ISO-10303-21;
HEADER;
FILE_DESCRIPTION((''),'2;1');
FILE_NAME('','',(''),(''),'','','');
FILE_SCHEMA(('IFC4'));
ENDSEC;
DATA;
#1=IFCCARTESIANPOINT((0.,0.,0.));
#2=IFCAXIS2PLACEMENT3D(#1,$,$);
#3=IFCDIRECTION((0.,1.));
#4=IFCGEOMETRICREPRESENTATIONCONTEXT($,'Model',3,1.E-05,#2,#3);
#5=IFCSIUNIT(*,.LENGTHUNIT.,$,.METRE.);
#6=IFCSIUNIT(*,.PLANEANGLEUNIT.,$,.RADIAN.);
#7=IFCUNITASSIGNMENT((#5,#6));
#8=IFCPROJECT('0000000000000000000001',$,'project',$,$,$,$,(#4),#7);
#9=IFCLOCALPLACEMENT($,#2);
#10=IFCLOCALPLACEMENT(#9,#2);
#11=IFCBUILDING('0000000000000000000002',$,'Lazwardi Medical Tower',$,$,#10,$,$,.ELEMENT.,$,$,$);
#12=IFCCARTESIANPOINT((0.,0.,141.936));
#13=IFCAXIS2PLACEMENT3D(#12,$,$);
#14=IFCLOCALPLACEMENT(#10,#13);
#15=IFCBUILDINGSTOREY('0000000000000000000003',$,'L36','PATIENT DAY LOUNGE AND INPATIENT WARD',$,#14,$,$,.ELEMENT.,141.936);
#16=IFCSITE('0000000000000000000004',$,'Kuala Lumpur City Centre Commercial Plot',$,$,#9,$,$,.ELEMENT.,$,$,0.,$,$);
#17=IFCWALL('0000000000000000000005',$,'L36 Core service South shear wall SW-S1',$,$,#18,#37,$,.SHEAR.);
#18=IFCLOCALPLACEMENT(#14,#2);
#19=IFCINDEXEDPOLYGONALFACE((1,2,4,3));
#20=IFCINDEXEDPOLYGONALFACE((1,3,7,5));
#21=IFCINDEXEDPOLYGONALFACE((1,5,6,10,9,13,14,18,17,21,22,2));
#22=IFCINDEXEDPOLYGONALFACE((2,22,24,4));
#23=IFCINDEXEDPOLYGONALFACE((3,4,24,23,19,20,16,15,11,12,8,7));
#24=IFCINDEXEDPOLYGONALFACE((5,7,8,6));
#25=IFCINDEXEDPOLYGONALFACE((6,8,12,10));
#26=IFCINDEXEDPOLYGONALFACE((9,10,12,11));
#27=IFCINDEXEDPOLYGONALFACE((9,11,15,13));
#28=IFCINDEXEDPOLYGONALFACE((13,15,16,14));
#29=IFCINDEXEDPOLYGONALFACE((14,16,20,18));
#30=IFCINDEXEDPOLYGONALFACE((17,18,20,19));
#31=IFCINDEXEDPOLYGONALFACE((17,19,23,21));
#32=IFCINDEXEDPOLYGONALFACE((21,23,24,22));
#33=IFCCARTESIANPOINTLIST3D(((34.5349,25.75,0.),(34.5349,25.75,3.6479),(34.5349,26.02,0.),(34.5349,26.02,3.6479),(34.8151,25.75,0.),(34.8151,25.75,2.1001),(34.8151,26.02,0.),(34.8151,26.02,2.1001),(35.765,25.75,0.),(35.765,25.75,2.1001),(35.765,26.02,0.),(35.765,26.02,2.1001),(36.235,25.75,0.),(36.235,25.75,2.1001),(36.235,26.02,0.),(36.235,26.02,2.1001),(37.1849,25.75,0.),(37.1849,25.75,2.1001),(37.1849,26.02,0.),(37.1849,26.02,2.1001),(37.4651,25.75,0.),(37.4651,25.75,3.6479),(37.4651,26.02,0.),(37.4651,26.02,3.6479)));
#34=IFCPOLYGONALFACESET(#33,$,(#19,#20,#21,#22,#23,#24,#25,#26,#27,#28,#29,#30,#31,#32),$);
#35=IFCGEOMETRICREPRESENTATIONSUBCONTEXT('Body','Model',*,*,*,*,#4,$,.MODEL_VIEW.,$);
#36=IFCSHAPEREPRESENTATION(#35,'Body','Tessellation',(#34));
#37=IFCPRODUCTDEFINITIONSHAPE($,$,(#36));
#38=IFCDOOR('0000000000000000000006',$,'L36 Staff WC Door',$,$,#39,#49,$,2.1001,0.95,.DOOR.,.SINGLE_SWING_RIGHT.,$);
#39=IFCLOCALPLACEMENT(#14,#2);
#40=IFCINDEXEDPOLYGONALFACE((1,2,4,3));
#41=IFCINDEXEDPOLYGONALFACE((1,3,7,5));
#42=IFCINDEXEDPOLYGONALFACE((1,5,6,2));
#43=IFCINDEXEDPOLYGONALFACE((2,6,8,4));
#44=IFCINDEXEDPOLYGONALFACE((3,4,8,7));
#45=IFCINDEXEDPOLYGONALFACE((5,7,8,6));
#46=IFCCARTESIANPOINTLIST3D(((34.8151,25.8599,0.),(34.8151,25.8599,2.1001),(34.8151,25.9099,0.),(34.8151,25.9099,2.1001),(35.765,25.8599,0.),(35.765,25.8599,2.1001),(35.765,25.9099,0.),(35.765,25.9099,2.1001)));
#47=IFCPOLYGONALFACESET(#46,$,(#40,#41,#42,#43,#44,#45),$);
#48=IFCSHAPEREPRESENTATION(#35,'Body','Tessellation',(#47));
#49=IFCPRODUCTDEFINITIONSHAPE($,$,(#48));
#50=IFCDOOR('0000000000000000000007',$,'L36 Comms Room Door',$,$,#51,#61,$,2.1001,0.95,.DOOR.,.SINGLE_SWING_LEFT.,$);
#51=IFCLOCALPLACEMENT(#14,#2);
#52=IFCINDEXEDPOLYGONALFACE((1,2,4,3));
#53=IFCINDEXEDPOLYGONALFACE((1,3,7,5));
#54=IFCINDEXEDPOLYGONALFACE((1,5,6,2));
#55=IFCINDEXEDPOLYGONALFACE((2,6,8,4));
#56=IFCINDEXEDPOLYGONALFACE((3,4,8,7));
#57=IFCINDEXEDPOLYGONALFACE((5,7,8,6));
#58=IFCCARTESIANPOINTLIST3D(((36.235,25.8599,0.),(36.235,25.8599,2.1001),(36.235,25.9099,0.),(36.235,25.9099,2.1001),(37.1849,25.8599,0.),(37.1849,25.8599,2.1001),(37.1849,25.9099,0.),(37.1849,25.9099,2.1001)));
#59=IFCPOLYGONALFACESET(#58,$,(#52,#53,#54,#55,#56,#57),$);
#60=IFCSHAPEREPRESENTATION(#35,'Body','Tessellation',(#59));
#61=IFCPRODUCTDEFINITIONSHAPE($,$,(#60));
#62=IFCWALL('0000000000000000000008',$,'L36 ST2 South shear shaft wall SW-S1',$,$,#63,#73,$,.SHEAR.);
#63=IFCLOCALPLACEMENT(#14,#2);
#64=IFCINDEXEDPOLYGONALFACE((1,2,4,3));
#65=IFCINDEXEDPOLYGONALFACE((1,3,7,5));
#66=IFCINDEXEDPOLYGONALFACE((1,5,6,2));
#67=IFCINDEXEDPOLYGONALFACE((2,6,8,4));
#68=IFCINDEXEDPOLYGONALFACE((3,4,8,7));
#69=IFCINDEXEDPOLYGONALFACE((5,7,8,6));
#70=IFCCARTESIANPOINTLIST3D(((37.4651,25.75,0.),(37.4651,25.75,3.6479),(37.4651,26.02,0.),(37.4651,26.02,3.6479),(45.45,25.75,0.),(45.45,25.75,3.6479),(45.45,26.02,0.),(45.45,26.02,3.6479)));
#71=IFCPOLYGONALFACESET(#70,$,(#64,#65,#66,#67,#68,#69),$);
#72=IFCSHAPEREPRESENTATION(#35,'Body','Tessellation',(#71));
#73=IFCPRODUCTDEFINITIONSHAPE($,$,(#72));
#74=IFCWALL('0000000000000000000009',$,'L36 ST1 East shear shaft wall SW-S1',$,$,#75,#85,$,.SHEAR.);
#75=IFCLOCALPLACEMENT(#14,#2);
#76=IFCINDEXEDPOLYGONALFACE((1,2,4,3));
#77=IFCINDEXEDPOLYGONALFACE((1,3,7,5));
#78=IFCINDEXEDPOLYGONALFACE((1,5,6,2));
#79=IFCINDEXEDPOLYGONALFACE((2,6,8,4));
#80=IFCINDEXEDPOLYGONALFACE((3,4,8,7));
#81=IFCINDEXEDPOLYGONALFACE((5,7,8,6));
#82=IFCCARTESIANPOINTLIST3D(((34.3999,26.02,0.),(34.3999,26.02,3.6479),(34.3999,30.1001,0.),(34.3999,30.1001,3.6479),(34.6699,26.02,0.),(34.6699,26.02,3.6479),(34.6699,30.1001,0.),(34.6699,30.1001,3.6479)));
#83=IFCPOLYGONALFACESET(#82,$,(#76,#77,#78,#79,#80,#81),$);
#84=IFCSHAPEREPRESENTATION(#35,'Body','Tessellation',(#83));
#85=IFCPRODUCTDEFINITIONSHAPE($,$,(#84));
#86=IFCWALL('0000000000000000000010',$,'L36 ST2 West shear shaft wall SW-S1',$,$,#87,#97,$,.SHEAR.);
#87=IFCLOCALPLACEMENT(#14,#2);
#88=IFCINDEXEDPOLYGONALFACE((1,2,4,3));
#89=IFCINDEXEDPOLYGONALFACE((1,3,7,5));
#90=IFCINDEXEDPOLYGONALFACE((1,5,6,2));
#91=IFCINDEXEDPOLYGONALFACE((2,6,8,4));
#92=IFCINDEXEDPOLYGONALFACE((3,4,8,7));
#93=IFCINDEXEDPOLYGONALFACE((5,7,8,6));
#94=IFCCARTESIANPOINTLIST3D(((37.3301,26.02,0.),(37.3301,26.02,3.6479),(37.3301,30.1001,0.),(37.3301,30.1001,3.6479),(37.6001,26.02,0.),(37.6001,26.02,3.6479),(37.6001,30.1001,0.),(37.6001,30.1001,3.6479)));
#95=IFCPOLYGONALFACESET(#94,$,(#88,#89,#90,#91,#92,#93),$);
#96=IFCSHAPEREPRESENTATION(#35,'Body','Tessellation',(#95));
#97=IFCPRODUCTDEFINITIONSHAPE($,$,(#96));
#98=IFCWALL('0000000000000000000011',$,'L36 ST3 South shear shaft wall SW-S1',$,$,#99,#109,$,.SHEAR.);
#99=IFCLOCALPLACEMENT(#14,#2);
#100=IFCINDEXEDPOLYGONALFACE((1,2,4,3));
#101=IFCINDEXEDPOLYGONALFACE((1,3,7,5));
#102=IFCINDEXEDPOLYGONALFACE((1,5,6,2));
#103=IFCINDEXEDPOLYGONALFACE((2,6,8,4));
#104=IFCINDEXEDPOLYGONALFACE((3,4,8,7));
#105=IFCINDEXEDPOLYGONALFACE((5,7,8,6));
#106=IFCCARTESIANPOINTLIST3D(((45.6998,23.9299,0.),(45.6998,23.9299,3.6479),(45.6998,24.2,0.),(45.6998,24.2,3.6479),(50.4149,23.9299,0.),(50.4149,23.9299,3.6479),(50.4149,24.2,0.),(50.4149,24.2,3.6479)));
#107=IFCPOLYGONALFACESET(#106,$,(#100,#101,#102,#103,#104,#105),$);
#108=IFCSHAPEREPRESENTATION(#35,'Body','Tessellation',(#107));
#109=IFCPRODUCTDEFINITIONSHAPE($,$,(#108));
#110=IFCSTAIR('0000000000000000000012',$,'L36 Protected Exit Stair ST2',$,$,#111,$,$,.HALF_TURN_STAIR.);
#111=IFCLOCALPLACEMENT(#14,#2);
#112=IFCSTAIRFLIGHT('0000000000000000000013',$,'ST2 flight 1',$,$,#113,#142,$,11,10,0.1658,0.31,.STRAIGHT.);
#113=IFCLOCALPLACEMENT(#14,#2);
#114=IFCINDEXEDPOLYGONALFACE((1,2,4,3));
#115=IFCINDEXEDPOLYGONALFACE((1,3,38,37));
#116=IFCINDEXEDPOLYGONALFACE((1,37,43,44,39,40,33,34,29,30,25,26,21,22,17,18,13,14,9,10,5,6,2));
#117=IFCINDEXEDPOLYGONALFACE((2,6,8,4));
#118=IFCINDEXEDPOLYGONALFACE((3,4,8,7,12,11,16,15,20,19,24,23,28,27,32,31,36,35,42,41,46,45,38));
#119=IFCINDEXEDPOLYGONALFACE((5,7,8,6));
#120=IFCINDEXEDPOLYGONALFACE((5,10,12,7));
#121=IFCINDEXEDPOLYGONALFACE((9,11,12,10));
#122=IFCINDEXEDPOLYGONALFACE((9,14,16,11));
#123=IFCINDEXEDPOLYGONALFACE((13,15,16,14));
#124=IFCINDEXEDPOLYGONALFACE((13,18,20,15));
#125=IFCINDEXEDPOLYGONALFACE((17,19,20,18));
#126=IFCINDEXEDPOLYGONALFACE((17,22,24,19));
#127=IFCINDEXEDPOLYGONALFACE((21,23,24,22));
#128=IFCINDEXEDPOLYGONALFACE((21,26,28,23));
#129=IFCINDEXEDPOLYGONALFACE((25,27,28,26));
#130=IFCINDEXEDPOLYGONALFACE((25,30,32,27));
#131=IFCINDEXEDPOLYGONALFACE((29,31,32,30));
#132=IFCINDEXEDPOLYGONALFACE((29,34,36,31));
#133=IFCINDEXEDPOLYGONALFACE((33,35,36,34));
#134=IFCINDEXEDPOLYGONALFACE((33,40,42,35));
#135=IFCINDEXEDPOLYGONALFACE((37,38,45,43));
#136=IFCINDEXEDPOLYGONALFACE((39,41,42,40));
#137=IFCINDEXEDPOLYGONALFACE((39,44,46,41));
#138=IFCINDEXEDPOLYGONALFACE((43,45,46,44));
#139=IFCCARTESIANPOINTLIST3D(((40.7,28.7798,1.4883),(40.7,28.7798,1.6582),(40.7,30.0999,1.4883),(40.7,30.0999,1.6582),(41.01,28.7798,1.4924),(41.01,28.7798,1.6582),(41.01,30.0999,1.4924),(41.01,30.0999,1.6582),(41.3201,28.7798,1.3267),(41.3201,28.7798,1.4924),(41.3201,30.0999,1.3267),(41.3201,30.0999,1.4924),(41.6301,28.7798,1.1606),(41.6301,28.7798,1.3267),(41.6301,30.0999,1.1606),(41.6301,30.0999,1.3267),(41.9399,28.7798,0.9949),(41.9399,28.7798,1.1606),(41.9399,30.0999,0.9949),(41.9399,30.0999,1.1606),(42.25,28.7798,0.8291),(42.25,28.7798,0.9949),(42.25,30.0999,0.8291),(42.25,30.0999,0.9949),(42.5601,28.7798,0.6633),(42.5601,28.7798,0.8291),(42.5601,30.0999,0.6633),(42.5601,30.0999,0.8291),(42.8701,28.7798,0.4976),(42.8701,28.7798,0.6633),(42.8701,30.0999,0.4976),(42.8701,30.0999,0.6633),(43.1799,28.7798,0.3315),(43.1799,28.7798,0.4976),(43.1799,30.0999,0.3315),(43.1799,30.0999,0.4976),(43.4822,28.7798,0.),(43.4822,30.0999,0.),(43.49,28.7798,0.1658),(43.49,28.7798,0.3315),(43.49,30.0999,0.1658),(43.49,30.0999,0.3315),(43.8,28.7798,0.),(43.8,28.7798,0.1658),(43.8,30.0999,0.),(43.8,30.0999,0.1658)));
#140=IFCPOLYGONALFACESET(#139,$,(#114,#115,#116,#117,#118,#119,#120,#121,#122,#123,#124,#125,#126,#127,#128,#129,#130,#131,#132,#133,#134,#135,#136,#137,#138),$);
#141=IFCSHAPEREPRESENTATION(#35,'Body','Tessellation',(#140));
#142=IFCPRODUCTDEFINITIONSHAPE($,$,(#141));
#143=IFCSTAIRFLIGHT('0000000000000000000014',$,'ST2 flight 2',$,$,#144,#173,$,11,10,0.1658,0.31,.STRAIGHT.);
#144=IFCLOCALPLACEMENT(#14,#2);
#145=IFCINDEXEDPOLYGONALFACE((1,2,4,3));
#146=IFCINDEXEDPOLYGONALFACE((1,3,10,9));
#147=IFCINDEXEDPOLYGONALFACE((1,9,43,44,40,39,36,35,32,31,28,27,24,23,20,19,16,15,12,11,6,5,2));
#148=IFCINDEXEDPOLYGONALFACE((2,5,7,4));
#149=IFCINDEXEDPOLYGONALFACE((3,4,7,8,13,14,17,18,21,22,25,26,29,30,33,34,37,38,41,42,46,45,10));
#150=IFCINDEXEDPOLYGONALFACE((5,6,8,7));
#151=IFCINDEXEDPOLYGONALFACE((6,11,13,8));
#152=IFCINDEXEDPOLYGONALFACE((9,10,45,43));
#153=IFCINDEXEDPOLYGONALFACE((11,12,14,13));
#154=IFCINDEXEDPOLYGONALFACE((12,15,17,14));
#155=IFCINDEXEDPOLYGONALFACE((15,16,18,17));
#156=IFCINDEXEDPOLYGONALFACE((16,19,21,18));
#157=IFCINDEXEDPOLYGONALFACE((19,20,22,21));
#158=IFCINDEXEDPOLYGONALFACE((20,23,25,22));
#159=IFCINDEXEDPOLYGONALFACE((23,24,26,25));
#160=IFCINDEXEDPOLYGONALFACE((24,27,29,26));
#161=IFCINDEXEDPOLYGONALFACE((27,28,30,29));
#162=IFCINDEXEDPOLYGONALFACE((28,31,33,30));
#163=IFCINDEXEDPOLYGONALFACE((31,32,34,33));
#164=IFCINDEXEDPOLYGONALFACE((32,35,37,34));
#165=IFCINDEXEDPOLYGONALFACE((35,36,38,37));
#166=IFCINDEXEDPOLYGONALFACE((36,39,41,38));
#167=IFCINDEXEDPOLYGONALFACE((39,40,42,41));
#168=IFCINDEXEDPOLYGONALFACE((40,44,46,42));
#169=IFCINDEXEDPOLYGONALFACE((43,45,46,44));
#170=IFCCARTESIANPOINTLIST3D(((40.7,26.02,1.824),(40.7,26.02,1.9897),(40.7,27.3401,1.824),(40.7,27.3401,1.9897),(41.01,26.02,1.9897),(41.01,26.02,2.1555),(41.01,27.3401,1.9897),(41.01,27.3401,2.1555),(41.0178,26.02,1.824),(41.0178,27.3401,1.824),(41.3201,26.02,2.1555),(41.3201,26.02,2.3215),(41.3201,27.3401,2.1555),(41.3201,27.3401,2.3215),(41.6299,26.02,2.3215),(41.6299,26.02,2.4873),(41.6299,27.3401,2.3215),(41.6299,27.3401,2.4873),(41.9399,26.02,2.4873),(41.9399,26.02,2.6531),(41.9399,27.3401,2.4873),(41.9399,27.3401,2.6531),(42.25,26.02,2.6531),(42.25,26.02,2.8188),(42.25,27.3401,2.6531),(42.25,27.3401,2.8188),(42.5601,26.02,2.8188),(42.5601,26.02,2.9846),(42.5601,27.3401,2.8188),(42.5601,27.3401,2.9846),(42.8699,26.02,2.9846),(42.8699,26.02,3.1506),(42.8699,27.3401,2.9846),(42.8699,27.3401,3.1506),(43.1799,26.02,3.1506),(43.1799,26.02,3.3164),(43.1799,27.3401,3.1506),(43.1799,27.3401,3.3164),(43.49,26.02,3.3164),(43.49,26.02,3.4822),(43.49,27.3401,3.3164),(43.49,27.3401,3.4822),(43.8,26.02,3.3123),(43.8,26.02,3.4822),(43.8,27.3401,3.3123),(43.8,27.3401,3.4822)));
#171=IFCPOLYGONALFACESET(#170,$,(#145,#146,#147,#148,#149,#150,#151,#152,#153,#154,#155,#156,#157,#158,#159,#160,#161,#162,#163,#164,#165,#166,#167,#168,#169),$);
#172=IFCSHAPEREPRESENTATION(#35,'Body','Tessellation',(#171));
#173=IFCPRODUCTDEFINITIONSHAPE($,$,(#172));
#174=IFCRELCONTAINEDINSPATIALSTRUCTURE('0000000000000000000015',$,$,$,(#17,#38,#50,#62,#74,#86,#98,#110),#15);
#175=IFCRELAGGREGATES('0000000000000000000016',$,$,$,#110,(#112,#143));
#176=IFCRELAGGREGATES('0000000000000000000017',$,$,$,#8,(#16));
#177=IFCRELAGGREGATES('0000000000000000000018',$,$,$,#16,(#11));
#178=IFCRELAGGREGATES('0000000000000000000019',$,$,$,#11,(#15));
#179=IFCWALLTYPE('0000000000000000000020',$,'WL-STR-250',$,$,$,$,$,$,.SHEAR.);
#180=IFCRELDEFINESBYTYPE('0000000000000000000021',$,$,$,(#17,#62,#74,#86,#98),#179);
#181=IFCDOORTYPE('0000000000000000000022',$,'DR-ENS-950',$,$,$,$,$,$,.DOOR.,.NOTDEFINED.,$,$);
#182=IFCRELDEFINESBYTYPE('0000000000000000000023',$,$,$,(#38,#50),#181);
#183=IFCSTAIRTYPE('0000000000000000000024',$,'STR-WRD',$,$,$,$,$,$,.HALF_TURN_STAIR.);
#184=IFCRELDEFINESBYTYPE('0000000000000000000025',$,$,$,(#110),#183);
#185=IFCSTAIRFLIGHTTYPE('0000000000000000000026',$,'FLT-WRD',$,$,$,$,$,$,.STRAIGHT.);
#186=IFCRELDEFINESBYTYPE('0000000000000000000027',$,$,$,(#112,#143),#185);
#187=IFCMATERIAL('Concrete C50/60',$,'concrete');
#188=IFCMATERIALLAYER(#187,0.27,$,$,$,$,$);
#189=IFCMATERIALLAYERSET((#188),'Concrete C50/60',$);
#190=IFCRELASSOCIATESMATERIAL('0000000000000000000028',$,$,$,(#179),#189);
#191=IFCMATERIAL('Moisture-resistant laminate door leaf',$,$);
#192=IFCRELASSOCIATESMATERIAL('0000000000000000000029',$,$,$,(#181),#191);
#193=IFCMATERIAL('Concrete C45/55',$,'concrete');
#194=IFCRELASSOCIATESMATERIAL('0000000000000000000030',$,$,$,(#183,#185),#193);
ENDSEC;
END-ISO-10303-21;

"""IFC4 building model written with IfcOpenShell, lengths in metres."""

from ifc_helpers import new_model, si_unit, direction, frame, frame_2d, origin, place, context, subcontext, project, spatial, polyline, rectangle, outline, extrude, material, layer, layer_set, type_object, element, fill, aggregate, save


model = new_model("IFC4")

# Units and contexts
model_context = context("Model", 3, precision=1e-05, world=origin(), true_north=direction((0.0, 1.0)))
body_context = subcontext(model_context, "Body", "Model", "MODEL_VIEW")
ifc_project = project(units=[si_unit("LENGTHUNIT", "METRE"), si_unit("PLANEANGLEUNIT", "RADIAN")], contexts=[model_context])

# Site, building, storey
site_placement = place(None, origin())
site = spatial("IfcSite", under=ifc_project, at=site_placement, Name="Kuala Lumpur City Centre Commercial Plot", CompositionType="ELEMENT", RefElevation=0.0)
building_placement = place(site_placement, origin())
building = spatial("IfcBuilding", under=site, at=building_placement, Name="Lazwardi Medical Tower", CompositionType="ELEMENT")
storey_placement = place(building_placement, frame((0.0, 0.0, 141.936)))
storey = spatial("IfcBuildingStorey", under=building, at=storey_placement, Name="L36", Description="PATIENT DAY LOUNGE AND INPATIENT WARD", CompositionType="ELEMENT", Elevation=141.936)

# Wall, openings, doors
ifc_material_1 = material(Name="Concrete C50/60", Category="concrete")
ifc_layer_1 = layer(ifc_material_1, 0.27)
ifc_layer_set_1 = layer_set([ifc_layer_1], Name="Concrete C50/60")
wall_type_1 = type_object("IfcWallType", Name="WL-STR-250", PredefinedType="SHEAR", material=ifc_layer_set_1)
wall_1_placement = place(storey_placement, frame((34.5349, 25.885, 0.0), z_axis=(0.0, 0.0, 1.0), x_axis=(1.0, 0.0, 0.0)))
wall_1 = element("IfcWall", 1, at=wall_1_placement, inside=storey, type_object=wall_type_1, Name="L36 Core service South shear wall SW-S1", PredefinedType="SHEAR", context=body_context, shape_type="SweptSolid", body=[
    extrude(rectangle(XDim=2.9302, YDim=0.27, at=frame_2d((1.4651, 0.0))), origin(), (0.0, 0.0, 1.0), 3.6479),
])
opening_1_placement = place(wall_1_placement, frame((0.28, 0.0, 0.0)))
opening_1 = element("IfcOpeningElement", 2, at=opening_1_placement, cuts=wall_1, PredefinedType="OPENING", context=body_context, shape_type="SweptSolid", body=[
    extrude(rectangle(XDim=0.95, YDim=2.1001, at=frame_2d((0.4751, 1.05))), frame((0.0, 0.145, 0.0), z_axis=(0.0, -1.0, 0.0), x_axis=(1.0, 0.0, 0.0)), (0.0, 0.0, 1.0), 0.29),
])
opening_2_placement = place(wall_1_placement, frame((1.7, 0.0, 0.0)))
opening_2 = element("IfcOpeningElement", 3, at=opening_2_placement, cuts=wall_1, PredefinedType="OPENING", context=body_context, shape_type="SweptSolid", body=[
    extrude(rectangle(XDim=0.95, YDim=2.1001, at=frame_2d((0.4751, 1.05))), frame((0.0, 0.145, 0.0), z_axis=(0.0, -1.0, 0.0), x_axis=(1.0, 0.0, 0.0)), (0.0, 0.0, 1.0), 0.29),
])
ifc_material_2 = material(Name="Moisture-resistant laminate door leaf")
door_type_1 = type_object("IfcDoorType", Name="DR-ENS-950", OperationType="NOTDEFINED", PredefinedType="DOOR", material=ifc_material_2)
door_1_placement = place(opening_1_placement, origin())
door_1 = element("IfcDoor", 4, at=door_1_placement, inside=storey, type_object=door_type_1, Name="L36 Staff WC Door", OperationType="SINGLE_SWING_RIGHT", OverallHeight=2.1001, OverallWidth=0.95, PredefinedType="DOOR", context=body_context, shape_type="SweptSolid", body=[
    extrude(rectangle(XDim=0.95, YDim=2.1001, at=frame_2d((0.4751, 1.05))), frame((0.0, 0.0249, 0.0), z_axis=(0.0, -1.0, 0.0), x_axis=(1.0, 0.0, 0.0)), (0.0, 0.0, 1.0), 0.05),
])
fill(opening_1, door_1)
door_2_placement = place(opening_2_placement, origin())
door_2 = element("IfcDoor", 5, at=door_2_placement, inside=storey, type_object=door_type_1, Name="L36 Comms Room Door", OperationType="SINGLE_SWING_LEFT", OverallHeight=2.1001, OverallWidth=0.95, PredefinedType="DOOR", context=body_context, shape_type="SweptSolid", body=[
    extrude(rectangle(XDim=0.95, YDim=2.1001, at=frame_2d((0.4751, 1.05))), frame((0.0, 0.0249, 0.0), z_axis=(0.0, -1.0, 0.0), x_axis=(1.0, 0.0, 0.0)), (0.0, 0.0, 1.0), 0.05),
])
fill(opening_2, door_2)

# Walls
wall_2_placement = place(storey_placement, frame((37.4651, 25.885, 0.0), z_axis=(0.0, 0.0, 1.0), x_axis=(1.0, 0.0, 0.0)))
element("IfcWall", 6, at=wall_2_placement, inside=storey, type_object=wall_type_1, Name="L36 ST2 South shear shaft wall SW-S1", PredefinedType="SHEAR", context=body_context, shape_type="SweptSolid", body=[
    extrude(rectangle(XDim=7.9849, YDim=0.27, at=frame_2d((3.9924, 0.0))), origin(), (0.0, 0.0, 1.0), 3.6479),
])
for number, where, z_axis, x_axis, name in (
    (7, (34.5349, 26.02, 0.0), (0.0, 0.0, 1.0), (0.0, 1.0, 0.0), "L36 ST1 East shear shaft wall SW-S1"),
    (8, (37.4651, 26.02, 0.0), (0.0, 0.0, 1.0), (0.0, 1.0, 0.0), "L36 ST2 West shear shaft wall SW-S1"),
):
    element("IfcWall", number, at=place(storey_placement, frame(where, z_axis=z_axis, x_axis=x_axis)), inside=storey, type_object=wall_type_1, Name=name, PredefinedType="SHEAR", context=body_context, shape_type="SweptSolid", body=[
        extrude(rectangle(XDim=4.0801, YDim=0.27, at=frame_2d((2.04, 0.0))), origin(), (0.0, 0.0, 1.0), 3.6479),
    ])
wall_3_placement = place(storey_placement, frame((45.7, 24.0649, 0.0), z_axis=(0.0, 0.0, 1.0), x_axis=(1.0, 0.0, 0.0)))
element("IfcWall", 9, at=wall_3_placement, inside=storey, type_object=wall_type_1, Name="L36 ST3 South shear shaft wall SW-S1", PredefinedType="SHEAR", context=body_context, shape_type="SweptSolid", body=[
    extrude(rectangle(XDim=4.7151, YDim=0.27, at=frame_2d((2.3574, 0.0))), origin(), (0.0, 0.0, 1.0), 3.6479),
])

# Stair, stair flights
ifc_material_3 = material(Name="Concrete C45/55", Category="concrete")
stair_type = type_object("IfcStairType", Name="STR-WRD", PredefinedType="HALF_TURN_STAIR", material=ifc_material_3)
stair_placement = place(storey_placement, origin())
stair = element("IfcStair", 10, at=stair_placement, inside=storey, type_object=stair_type, Name="L36 Protected Exit Stair ST2", PredefinedType="HALF_TURN_STAIR")
stair_flight_type = type_object("IfcStairFlightType", Name="FLT-WRD", PredefinedType="STRAIGHT", material=ifc_material_3)
stair_flight_1_placement = place(storey_placement, frame((43.8, 29.4399, 0.0), z_axis=(0.0, 0.0, 1.0), x_axis=(-1.0, 0.0, 0.0)))
stair_flight_1 = element("IfcStairFlight", 11, at=stair_flight_1_placement, type_object=stair_flight_type, Name="ST2 flight 1", NumberOfRisers=11, NumberOfTreads=10, PredefinedType="STRAIGHT", RiserHeight=0.1658, TreadLength=0.31, context=body_context, shape_type="SweptSolid", body=[
    extrude(outline(polyline([(0.0, 0.0), (0.0, 0.1658), (0.3101, 0.1658), (0.3101, 0.3315), (0.6201, 0.3315), (0.6201, 0.4976), (0.9299, 0.4976), (0.9299, 0.6633), (1.24, 0.6633), (1.24, 0.8291), (1.55, 0.8291), (1.55, 0.9949), (1.8601, 0.9949), (1.8601, 1.1606), (2.1699, 1.1606), (2.1699, 1.3267), (2.48, 1.3267), (2.48, 1.4924), (2.79, 1.4924), (2.79, 1.6582), (3.1001, 1.6582), (3.1001, 1.824), (3.1001, 1.4883), (0.3179, 0.0), (0.0, 0.0)])), frame((0.0, 0.6602, 0.0), z_axis=(0.0, -1.0, 0.0), x_axis=(1.0, 0.0, 0.0)), (0.0, 0.0, 1.0), 1.3201),
])
stair_flight_2_placement = place(storey_placement, frame((40.7, 26.6799, 1.824), z_axis=(0.0, 0.0, 1.0), x_axis=(1.0, 0.0, 0.0)))
stair_flight_2 = element("IfcStairFlight", 12, at=stair_flight_2_placement, type_object=stair_flight_type, Name="ST2 flight 2", NumberOfRisers=11, NumberOfTreads=10, PredefinedType="STRAIGHT", RiserHeight=0.1658, TreadLength=0.31, context=body_context, shape_type="SweptSolid", body=[
    extrude(outline(polyline([(0.0, 0.0), (0.0, 0.1658), (0.3101, 0.1658), (0.3101, 0.3315), (0.6201, 0.3315), (0.6201, 0.4976), (0.9299, 0.4976), (0.9299, 0.6633), (1.24, 0.6633), (1.24, 0.8291), (1.55, 0.8291), (1.55, 0.9949), (1.8601, 0.9949), (1.8601, 1.1606), (2.1699, 1.1606), (2.1699, 1.3267), (2.48, 1.3267), (2.48, 1.4924), (2.79, 1.4924), (2.79, 1.6582), (3.1001, 1.6582), (3.1001, 1.824), (3.1001, 1.4883), (0.3179, 0.0), (0.0, 0.0)])), frame((0.0, 0.6602, 0.0), z_axis=(0.0, -1.0, 0.0), x_axis=(1.0, 0.0, 0.0)), (0.0, 0.0, 1.0), 1.3201),
])
aggregate(stair, [stair_flight_1, stair_flight_2])

save(model, "model.ifc")
